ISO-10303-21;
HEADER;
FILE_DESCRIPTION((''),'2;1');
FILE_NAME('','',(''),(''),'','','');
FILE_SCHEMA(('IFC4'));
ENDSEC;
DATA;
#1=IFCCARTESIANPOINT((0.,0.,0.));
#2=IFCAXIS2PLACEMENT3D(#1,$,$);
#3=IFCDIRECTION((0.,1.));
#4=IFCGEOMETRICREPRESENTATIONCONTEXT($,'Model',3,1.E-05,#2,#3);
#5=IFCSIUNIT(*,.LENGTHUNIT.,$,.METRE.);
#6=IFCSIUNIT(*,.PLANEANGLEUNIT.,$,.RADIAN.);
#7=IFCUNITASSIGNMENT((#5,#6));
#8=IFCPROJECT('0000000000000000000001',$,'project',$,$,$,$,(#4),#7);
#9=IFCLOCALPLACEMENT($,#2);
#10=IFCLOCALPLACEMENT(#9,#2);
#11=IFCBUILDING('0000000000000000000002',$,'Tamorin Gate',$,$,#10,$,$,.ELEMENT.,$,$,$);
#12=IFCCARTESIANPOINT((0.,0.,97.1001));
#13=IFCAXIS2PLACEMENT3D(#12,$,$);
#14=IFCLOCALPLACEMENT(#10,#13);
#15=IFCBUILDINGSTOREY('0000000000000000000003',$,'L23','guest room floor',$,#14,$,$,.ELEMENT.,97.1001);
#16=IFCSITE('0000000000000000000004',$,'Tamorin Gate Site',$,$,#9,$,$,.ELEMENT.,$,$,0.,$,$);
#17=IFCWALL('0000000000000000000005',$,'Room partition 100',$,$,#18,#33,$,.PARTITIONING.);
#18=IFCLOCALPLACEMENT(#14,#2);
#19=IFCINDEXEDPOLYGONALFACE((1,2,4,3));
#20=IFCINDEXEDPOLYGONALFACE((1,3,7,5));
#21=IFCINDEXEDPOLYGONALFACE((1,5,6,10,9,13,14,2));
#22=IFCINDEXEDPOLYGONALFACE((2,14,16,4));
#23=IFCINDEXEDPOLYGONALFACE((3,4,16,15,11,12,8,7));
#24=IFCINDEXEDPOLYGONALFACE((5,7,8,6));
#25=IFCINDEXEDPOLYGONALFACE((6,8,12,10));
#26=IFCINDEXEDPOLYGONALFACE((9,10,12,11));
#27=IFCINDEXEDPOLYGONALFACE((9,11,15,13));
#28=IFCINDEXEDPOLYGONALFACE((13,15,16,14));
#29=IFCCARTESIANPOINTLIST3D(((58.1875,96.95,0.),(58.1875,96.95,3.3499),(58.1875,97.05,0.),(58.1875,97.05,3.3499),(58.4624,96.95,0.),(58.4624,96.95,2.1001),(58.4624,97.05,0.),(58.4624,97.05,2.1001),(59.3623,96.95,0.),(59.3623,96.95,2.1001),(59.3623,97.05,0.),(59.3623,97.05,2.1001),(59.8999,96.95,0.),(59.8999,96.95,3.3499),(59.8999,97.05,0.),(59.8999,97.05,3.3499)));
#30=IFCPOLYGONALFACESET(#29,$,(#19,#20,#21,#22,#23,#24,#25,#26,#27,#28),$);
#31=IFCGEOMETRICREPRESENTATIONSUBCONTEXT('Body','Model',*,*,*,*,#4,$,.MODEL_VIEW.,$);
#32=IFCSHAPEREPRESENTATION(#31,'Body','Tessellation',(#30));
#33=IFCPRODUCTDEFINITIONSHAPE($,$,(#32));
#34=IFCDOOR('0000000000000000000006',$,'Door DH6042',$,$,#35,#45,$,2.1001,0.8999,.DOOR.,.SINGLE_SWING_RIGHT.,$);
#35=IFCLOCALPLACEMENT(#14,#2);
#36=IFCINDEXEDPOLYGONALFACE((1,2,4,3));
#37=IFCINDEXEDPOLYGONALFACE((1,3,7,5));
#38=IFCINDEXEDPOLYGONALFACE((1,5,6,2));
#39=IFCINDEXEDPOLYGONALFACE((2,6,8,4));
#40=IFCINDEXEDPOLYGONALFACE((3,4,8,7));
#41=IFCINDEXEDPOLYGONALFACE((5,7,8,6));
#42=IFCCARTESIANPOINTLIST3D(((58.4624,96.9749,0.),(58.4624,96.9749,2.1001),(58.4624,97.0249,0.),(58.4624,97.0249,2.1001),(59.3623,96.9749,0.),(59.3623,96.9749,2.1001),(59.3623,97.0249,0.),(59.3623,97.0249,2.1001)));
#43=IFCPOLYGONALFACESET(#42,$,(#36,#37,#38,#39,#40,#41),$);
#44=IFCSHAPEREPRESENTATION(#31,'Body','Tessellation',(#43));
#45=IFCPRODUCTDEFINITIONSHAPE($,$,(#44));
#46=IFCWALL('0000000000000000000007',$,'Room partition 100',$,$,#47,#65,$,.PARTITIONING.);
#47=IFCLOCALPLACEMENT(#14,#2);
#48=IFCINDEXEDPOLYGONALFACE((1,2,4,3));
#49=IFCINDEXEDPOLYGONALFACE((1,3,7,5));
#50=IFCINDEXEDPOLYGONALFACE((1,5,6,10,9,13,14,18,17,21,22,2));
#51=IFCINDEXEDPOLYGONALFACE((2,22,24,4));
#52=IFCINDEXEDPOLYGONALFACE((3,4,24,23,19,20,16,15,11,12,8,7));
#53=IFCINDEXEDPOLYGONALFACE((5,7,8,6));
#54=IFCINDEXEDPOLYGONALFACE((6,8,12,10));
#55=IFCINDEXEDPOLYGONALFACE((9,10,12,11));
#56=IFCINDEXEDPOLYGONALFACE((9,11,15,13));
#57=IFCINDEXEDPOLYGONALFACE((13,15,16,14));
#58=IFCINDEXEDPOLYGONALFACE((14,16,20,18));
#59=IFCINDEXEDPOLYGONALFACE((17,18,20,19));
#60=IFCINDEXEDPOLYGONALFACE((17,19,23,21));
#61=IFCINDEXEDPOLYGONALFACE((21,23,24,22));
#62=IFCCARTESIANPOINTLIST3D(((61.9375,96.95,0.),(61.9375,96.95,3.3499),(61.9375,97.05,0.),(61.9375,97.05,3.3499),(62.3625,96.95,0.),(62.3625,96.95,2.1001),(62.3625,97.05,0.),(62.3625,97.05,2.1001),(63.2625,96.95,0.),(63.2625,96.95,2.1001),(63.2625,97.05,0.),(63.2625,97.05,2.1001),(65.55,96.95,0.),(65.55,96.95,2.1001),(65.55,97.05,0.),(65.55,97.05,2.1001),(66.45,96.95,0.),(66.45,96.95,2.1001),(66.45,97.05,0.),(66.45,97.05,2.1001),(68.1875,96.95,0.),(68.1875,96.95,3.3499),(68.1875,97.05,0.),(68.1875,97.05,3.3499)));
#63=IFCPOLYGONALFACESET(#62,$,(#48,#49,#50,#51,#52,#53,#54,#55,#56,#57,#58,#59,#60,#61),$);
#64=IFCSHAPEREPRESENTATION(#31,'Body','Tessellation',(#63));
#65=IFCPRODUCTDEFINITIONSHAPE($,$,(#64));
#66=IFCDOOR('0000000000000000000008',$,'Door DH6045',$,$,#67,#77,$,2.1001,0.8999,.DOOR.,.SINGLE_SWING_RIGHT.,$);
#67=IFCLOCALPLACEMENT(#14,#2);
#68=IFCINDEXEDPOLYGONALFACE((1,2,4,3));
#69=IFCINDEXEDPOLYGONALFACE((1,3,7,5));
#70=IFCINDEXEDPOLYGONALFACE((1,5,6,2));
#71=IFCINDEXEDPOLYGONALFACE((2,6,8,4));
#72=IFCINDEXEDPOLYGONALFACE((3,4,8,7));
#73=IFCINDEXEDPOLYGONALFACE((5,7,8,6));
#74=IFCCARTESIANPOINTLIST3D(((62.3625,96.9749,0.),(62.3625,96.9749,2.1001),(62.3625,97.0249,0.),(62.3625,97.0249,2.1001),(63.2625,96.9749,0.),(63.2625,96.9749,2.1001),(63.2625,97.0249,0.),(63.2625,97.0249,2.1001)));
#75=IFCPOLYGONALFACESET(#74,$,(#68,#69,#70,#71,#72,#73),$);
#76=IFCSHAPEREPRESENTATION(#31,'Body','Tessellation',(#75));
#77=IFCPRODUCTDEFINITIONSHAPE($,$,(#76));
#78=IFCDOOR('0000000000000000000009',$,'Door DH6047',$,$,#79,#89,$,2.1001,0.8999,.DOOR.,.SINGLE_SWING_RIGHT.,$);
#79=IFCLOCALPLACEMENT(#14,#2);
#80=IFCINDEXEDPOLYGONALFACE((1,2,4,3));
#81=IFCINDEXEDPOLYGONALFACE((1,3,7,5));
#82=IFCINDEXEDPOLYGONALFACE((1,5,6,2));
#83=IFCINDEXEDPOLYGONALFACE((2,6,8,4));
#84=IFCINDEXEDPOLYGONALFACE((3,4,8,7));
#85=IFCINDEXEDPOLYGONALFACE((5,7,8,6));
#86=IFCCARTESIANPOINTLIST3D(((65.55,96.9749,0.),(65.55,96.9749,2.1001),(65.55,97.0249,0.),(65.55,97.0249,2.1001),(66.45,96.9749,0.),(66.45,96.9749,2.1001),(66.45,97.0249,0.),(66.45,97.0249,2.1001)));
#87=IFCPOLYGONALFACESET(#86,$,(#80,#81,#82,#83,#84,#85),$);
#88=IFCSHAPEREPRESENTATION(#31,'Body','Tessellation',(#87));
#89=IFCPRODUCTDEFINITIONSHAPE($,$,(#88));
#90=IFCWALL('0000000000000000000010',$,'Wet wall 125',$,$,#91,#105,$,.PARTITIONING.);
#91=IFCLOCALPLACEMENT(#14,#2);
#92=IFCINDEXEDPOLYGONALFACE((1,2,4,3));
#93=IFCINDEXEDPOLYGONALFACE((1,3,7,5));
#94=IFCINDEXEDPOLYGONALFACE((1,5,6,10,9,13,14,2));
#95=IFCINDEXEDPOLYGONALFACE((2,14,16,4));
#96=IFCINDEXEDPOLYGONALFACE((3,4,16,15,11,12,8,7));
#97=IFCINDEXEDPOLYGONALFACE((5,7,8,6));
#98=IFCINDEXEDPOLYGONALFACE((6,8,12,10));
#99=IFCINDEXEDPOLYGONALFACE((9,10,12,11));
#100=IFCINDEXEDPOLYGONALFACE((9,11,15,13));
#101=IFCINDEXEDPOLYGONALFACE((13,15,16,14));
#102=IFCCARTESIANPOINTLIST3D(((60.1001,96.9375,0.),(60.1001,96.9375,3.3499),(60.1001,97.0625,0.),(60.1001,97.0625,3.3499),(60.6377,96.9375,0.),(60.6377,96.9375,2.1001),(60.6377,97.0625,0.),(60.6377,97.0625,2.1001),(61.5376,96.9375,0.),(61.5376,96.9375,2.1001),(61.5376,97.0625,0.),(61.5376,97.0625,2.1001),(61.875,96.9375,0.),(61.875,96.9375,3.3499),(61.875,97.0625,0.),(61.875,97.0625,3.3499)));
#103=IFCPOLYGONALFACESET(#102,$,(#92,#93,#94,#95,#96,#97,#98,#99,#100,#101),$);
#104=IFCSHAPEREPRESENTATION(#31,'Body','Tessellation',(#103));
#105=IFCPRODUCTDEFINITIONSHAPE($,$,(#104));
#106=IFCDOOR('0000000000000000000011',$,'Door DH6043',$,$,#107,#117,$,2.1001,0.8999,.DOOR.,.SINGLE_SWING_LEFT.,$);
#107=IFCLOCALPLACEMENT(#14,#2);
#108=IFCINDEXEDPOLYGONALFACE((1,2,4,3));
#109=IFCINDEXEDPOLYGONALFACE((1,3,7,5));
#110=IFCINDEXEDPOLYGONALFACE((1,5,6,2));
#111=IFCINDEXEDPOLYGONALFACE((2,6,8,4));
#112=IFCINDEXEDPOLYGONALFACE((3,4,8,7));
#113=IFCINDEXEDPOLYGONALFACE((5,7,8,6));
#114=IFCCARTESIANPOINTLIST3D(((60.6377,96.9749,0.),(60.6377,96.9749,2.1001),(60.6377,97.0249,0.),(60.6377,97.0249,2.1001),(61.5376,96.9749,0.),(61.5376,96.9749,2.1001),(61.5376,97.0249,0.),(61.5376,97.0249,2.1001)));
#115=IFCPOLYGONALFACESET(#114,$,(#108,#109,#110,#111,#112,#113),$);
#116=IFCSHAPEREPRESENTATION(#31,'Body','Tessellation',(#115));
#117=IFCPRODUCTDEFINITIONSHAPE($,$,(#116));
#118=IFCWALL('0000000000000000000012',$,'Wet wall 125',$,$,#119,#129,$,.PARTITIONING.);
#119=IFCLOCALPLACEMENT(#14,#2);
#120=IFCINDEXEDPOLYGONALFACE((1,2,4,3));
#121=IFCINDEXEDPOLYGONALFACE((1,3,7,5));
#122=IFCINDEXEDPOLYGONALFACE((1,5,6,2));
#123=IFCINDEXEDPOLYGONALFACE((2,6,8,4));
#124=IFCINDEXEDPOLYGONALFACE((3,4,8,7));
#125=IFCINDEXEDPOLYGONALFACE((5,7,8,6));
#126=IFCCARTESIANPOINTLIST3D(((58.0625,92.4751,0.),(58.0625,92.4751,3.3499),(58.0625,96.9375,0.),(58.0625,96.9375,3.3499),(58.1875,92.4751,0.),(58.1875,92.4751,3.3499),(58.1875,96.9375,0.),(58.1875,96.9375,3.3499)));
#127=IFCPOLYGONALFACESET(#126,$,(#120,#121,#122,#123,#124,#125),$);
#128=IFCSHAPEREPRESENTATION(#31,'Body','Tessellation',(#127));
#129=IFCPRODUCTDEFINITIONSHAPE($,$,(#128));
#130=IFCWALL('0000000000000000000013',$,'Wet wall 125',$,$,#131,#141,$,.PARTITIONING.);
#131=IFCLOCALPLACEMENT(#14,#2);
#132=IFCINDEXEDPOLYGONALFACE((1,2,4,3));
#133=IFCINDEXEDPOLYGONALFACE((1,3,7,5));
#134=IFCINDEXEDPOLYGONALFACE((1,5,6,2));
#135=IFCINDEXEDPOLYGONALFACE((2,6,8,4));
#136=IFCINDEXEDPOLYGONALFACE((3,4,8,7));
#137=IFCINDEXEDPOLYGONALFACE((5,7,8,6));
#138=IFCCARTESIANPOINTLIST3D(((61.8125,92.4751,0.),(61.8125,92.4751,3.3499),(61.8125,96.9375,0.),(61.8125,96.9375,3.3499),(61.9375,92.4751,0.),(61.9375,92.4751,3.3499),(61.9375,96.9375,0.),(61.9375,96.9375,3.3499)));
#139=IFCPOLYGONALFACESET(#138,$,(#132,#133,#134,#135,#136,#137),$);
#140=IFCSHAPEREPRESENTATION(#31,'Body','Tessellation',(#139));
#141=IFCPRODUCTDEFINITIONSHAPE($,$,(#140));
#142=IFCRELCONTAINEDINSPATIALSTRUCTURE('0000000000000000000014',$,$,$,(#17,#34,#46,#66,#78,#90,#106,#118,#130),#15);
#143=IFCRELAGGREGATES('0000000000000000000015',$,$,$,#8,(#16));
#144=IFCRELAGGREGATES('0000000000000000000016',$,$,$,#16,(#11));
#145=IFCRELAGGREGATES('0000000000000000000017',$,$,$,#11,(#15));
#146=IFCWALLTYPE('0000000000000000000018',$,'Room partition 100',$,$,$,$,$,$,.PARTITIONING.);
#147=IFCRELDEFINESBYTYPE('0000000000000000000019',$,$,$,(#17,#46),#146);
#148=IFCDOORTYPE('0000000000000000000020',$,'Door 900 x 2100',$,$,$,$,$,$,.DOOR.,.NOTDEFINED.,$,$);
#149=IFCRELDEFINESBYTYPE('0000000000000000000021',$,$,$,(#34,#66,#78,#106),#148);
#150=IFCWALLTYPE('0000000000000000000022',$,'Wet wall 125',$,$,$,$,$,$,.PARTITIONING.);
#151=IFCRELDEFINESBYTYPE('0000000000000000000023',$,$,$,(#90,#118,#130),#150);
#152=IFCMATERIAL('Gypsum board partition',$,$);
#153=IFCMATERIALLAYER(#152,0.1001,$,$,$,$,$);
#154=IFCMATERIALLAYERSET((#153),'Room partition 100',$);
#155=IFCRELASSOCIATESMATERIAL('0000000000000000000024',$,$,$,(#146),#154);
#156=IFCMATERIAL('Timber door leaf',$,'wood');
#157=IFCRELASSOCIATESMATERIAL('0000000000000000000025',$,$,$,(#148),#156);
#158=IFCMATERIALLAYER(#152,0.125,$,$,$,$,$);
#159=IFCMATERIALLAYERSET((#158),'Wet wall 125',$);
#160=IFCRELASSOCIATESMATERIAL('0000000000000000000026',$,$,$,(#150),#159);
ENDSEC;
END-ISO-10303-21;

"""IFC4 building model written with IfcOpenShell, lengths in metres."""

from ifc_helpers import new_model, si_unit, direction, frame, frame_2d, origin, place, context, subcontext, project, spatial, rectangle, extrude, material, layer, layer_set, type_object, element, fill, save


model = new_model("IFC4")

# Units and contexts
model_context = context("Model", 3, precision=1e-05, world=origin(), true_north=direction((0.0, 1.0)))
body_context = subcontext(model_context, "Body", "Model", "MODEL_VIEW")
ifc_project = project(units=[si_unit("LENGTHUNIT", "METRE"), si_unit("PLANEANGLEUNIT", "RADIAN")], contexts=[model_context])

# Site, building, storey
site_placement = place(None, origin())
site = spatial("IfcSite", under=ifc_project, at=site_placement, Name="Tamorin Gate Site", CompositionType="ELEMENT", RefElevation=0.0)
building_placement = place(site_placement, origin())
building = spatial("IfcBuilding", under=site, at=building_placement, Name="Tamorin Gate", CompositionType="ELEMENT")
storey_placement = place(building_placement, frame((0.0, 0.0, 97.1001)))
storey = spatial("IfcBuildingStorey", under=building, at=storey_placement, Name="L23", Description="guest room floor", CompositionType="ELEMENT", Elevation=97.1001)

# Shared definitions
ifc_material_1 = material(Name="Gypsum board partition")

# Wall, opening, door
ifc_layer_1 = layer(ifc_material_1, 0.1001)
ifc_layer_set_1 = layer_set([ifc_layer_1], Name="Room partition 100")
wall_type_1 = type_object("IfcWallType", Name="Room partition 100", PredefinedType="PARTITIONING", material=ifc_layer_set_1)
wall_1_placement = place(storey_placement, frame((58.1875, 97.0, 0.0), z_axis=(0.0, 0.0, 1.0), x_axis=(1.0, 0.0, 0.0)))
wall_1 = element("IfcWall", 1, at=wall_1_placement, inside=storey, type_object=wall_type_1, Name="Room partition 100", PredefinedType="PARTITIONING", context=body_context, shape_type="SweptSolid", body=[
    extrude(rectangle(XDim=1.7124, YDim=0.1001, at=frame_2d((0.8562, 0.0))), origin(), (0.0, 0.0, 1.0), 3.3499),
])
opening_1_placement = place(wall_1_placement, frame((0.2749, 0.0, 0.0)))
opening_1 = element("IfcOpeningElement", 2, at=opening_1_placement, cuts=wall_1, PredefinedType="OPENING", context=body_context, shape_type="SweptSolid", body=[
    extrude(rectangle(XDim=0.8999, YDim=2.1001, at=frame_2d((0.45, 1.05))), frame((0.0, 0.0601, 0.0), z_axis=(0.0, -1.0, 0.0), x_axis=(1.0, 0.0, 0.0)), (0.0, 0.0, 1.0), 0.1201),
])
ifc_material_2 = material(Name="Timber door leaf", Category="wood")
door_type = type_object("IfcDoorType", Name="Door 900 x 2100", OperationType="NOTDEFINED", PredefinedType="DOOR", material=ifc_material_2)
door_1_placement = place(opening_1_placement, origin())
door_1 = element("IfcDoor", 3, at=door_1_placement, inside=storey, type_object=door_type, Name="Door DH6042", OperationType="SINGLE_SWING_RIGHT", OverallHeight=2.1001, OverallWidth=0.8999, PredefinedType="DOOR", context=body_context, shape_type="SweptSolid", body=[
    extrude(rectangle(XDim=0.8999, YDim=2.1001, at=frame_2d((0.45, 1.05))), frame((0.0, 0.0249, 0.0), z_axis=(0.0, -1.0, 0.0), x_axis=(1.0, 0.0, 0.0)), (0.0, 0.0, 1.0), 0.05),
])
fill(opening_1, door_1)

# Wall, openings, doors
wall_2_placement = place(storey_placement, frame((61.9375, 97.0, 0.0), z_axis=(0.0, 0.0, 1.0), x_axis=(1.0, 0.0, 0.0)))
wall_2 = element("IfcWall", 4, at=wall_2_placement, inside=storey, type_object=wall_type_1, Name="Room partition 100", PredefinedType="PARTITIONING", context=body_context, shape_type="SweptSolid", body=[
    extrude(rectangle(XDim=6.25, YDim=0.1001, at=frame_2d((3.125, 0.0))), origin(), (0.0, 0.0, 1.0), 3.3499),
])
opening_2_placement = place(wall_2_placement, frame((0.425, 0.0, 0.0)))
opening_2 = element("IfcOpeningElement", 5, at=opening_2_placement, cuts=wall_2, PredefinedType="OPENING", context=body_context, shape_type="SweptSolid", body=[
    extrude(rectangle(XDim=0.8999, YDim=2.1001, at=frame_2d((0.45, 1.05))), frame((0.0, 0.0601, 0.0), z_axis=(0.0, -1.0, 0.0), x_axis=(1.0, 0.0, 0.0)), (0.0, 0.0, 1.0), 0.1201),
])
opening_3_placement = place(wall_2_placement, frame((3.6125, 0.0, 0.0)))
opening_3 = element("IfcOpeningElement", 6, at=opening_3_placement, cuts=wall_2, PredefinedType="OPENING", context=body_context, shape_type="SweptSolid", body=[
    extrude(rectangle(XDim=0.8999, YDim=2.1001, at=frame_2d((0.45, 1.05))), frame((0.0, 0.0601, 0.0), z_axis=(0.0, -1.0, 0.0), x_axis=(1.0, 0.0, 0.0)), (0.0, 0.0, 1.0), 0.1201),
])
door_2_placement = place(opening_2_placement, origin())
door_2 = element("IfcDoor", 7, at=door_2_placement, inside=storey, type_object=door_type, Name="Door DH6045", OperationType="SINGLE_SWING_RIGHT", OverallHeight=2.1001, OverallWidth=0.8999, PredefinedType="DOOR", context=body_context, shape_type="SweptSolid", body=[
    extrude(rectangle(XDim=0.8999, YDim=2.1001, at=frame_2d((0.45, 1.05))), frame((0.0, 0.0249, 0.0), z_axis=(0.0, -1.0, 0.0), x_axis=(1.0, 0.0, 0.0)), (0.0, 0.0, 1.0), 0.05),
])
fill(opening_2, door_2)
door_3_placement = place(opening_3_placement, origin())
door_3 = element("IfcDoor", 8, at=door_3_placement, inside=storey, type_object=door_type, Name="Door DH6047", OperationType="SINGLE_SWING_RIGHT", OverallHeight=2.1001, OverallWidth=0.8999, PredefinedType="DOOR", context=body_context, shape_type="SweptSolid", body=[
    extrude(rectangle(XDim=0.8999, YDim=2.1001, at=frame_2d((0.45, 1.05))), frame((0.0, 0.0249, 0.0), z_axis=(0.0, -1.0, 0.0), x_axis=(1.0, 0.0, 0.0)), (0.0, 0.0, 1.0), 0.05),
])
fill(opening_3, door_3)

# Wall, opening, door
ifc_layer_2 = layer(ifc_material_1, 0.125)
ifc_layer_set_2 = layer_set([ifc_layer_2], Name="Wet wall 125")
wall_type_2 = type_object("IfcWallType", Name="Wet wall 125", PredefinedType="PARTITIONING", material=ifc_layer_set_2)
wall_3_placement = place(storey_placement, frame((60.1001, 97.0, 0.0), z_axis=(0.0, 0.0, 1.0), x_axis=(1.0, 0.0, 0.0)))
wall_3 = element("IfcWall", 9, at=wall_3_placement, inside=storey, type_object=wall_type_2, Name="Wet wall 125", PredefinedType="PARTITIONING", context=body_context, shape_type="SweptSolid", body=[
    extrude(rectangle(XDim=1.7749, YDim=0.125, at=frame_2d((0.8875, 0.0))), origin(), (0.0, 0.0, 1.0), 3.3499),
])
opening_4_placement = place(wall_3_placement, frame((0.5376, 0.0, 0.0)))
opening_4 = element("IfcOpeningElement", 10, at=opening_4_placement, cuts=wall_3, PredefinedType="OPENING", context=body_context, shape_type="SweptSolid", body=[
    extrude(rectangle(XDim=0.8999, YDim=2.1001, at=frame_2d((0.45, 1.05))), frame((0.0, 0.0725, 0.0), z_axis=(0.0, -1.0, 0.0), x_axis=(1.0, 0.0, 0.0)), (0.0, 0.0, 1.0), 0.145),
])
door_4_placement = place(opening_4_placement, origin())
door_4 = element("IfcDoor", 11, at=door_4_placement, inside=storey, type_object=door_type, Name="Door DH6043", OperationType="SINGLE_SWING_LEFT", OverallHeight=2.1001, OverallWidth=0.8999, PredefinedType="DOOR", context=body_context, shape_type="SweptSolid", body=[
    extrude(rectangle(XDim=0.8999, YDim=2.1001, at=frame_2d((0.45, 1.05))), frame((0.0, 0.0249, 0.0), z_axis=(0.0, -1.0, 0.0), x_axis=(1.0, 0.0, 0.0)), (0.0, 0.0, 1.0), 0.05),
])
fill(opening_4, door_4)

# Walls
for number, where, z_axis, x_axis, name in (
    (12, (58.125, 92.4751, 0.0), (0.0, 0.0, 1.0), (0.0, 1.0, 0.0), "Wet wall 125"),
    (13, (61.875, 92.4751, 0.0), (0.0, 0.0, 1.0), (0.0, 1.0, 0.0), "Wet wall 125"),
):
    element("IfcWall", number, at=place(storey_placement, frame(where, z_axis=z_axis, x_axis=x_axis)), inside=storey, type_object=wall_type_2, Name=name, PredefinedType="PARTITIONING", context=body_context, shape_type="SweptSolid", body=[
        extrude(rectangle(XDim=4.4624, YDim=0.125, at=frame_2d((2.2312, 0.0))), origin(), (0.0, 0.0, 1.0), 3.3499),
    ])

save(model, "model.ifc")
